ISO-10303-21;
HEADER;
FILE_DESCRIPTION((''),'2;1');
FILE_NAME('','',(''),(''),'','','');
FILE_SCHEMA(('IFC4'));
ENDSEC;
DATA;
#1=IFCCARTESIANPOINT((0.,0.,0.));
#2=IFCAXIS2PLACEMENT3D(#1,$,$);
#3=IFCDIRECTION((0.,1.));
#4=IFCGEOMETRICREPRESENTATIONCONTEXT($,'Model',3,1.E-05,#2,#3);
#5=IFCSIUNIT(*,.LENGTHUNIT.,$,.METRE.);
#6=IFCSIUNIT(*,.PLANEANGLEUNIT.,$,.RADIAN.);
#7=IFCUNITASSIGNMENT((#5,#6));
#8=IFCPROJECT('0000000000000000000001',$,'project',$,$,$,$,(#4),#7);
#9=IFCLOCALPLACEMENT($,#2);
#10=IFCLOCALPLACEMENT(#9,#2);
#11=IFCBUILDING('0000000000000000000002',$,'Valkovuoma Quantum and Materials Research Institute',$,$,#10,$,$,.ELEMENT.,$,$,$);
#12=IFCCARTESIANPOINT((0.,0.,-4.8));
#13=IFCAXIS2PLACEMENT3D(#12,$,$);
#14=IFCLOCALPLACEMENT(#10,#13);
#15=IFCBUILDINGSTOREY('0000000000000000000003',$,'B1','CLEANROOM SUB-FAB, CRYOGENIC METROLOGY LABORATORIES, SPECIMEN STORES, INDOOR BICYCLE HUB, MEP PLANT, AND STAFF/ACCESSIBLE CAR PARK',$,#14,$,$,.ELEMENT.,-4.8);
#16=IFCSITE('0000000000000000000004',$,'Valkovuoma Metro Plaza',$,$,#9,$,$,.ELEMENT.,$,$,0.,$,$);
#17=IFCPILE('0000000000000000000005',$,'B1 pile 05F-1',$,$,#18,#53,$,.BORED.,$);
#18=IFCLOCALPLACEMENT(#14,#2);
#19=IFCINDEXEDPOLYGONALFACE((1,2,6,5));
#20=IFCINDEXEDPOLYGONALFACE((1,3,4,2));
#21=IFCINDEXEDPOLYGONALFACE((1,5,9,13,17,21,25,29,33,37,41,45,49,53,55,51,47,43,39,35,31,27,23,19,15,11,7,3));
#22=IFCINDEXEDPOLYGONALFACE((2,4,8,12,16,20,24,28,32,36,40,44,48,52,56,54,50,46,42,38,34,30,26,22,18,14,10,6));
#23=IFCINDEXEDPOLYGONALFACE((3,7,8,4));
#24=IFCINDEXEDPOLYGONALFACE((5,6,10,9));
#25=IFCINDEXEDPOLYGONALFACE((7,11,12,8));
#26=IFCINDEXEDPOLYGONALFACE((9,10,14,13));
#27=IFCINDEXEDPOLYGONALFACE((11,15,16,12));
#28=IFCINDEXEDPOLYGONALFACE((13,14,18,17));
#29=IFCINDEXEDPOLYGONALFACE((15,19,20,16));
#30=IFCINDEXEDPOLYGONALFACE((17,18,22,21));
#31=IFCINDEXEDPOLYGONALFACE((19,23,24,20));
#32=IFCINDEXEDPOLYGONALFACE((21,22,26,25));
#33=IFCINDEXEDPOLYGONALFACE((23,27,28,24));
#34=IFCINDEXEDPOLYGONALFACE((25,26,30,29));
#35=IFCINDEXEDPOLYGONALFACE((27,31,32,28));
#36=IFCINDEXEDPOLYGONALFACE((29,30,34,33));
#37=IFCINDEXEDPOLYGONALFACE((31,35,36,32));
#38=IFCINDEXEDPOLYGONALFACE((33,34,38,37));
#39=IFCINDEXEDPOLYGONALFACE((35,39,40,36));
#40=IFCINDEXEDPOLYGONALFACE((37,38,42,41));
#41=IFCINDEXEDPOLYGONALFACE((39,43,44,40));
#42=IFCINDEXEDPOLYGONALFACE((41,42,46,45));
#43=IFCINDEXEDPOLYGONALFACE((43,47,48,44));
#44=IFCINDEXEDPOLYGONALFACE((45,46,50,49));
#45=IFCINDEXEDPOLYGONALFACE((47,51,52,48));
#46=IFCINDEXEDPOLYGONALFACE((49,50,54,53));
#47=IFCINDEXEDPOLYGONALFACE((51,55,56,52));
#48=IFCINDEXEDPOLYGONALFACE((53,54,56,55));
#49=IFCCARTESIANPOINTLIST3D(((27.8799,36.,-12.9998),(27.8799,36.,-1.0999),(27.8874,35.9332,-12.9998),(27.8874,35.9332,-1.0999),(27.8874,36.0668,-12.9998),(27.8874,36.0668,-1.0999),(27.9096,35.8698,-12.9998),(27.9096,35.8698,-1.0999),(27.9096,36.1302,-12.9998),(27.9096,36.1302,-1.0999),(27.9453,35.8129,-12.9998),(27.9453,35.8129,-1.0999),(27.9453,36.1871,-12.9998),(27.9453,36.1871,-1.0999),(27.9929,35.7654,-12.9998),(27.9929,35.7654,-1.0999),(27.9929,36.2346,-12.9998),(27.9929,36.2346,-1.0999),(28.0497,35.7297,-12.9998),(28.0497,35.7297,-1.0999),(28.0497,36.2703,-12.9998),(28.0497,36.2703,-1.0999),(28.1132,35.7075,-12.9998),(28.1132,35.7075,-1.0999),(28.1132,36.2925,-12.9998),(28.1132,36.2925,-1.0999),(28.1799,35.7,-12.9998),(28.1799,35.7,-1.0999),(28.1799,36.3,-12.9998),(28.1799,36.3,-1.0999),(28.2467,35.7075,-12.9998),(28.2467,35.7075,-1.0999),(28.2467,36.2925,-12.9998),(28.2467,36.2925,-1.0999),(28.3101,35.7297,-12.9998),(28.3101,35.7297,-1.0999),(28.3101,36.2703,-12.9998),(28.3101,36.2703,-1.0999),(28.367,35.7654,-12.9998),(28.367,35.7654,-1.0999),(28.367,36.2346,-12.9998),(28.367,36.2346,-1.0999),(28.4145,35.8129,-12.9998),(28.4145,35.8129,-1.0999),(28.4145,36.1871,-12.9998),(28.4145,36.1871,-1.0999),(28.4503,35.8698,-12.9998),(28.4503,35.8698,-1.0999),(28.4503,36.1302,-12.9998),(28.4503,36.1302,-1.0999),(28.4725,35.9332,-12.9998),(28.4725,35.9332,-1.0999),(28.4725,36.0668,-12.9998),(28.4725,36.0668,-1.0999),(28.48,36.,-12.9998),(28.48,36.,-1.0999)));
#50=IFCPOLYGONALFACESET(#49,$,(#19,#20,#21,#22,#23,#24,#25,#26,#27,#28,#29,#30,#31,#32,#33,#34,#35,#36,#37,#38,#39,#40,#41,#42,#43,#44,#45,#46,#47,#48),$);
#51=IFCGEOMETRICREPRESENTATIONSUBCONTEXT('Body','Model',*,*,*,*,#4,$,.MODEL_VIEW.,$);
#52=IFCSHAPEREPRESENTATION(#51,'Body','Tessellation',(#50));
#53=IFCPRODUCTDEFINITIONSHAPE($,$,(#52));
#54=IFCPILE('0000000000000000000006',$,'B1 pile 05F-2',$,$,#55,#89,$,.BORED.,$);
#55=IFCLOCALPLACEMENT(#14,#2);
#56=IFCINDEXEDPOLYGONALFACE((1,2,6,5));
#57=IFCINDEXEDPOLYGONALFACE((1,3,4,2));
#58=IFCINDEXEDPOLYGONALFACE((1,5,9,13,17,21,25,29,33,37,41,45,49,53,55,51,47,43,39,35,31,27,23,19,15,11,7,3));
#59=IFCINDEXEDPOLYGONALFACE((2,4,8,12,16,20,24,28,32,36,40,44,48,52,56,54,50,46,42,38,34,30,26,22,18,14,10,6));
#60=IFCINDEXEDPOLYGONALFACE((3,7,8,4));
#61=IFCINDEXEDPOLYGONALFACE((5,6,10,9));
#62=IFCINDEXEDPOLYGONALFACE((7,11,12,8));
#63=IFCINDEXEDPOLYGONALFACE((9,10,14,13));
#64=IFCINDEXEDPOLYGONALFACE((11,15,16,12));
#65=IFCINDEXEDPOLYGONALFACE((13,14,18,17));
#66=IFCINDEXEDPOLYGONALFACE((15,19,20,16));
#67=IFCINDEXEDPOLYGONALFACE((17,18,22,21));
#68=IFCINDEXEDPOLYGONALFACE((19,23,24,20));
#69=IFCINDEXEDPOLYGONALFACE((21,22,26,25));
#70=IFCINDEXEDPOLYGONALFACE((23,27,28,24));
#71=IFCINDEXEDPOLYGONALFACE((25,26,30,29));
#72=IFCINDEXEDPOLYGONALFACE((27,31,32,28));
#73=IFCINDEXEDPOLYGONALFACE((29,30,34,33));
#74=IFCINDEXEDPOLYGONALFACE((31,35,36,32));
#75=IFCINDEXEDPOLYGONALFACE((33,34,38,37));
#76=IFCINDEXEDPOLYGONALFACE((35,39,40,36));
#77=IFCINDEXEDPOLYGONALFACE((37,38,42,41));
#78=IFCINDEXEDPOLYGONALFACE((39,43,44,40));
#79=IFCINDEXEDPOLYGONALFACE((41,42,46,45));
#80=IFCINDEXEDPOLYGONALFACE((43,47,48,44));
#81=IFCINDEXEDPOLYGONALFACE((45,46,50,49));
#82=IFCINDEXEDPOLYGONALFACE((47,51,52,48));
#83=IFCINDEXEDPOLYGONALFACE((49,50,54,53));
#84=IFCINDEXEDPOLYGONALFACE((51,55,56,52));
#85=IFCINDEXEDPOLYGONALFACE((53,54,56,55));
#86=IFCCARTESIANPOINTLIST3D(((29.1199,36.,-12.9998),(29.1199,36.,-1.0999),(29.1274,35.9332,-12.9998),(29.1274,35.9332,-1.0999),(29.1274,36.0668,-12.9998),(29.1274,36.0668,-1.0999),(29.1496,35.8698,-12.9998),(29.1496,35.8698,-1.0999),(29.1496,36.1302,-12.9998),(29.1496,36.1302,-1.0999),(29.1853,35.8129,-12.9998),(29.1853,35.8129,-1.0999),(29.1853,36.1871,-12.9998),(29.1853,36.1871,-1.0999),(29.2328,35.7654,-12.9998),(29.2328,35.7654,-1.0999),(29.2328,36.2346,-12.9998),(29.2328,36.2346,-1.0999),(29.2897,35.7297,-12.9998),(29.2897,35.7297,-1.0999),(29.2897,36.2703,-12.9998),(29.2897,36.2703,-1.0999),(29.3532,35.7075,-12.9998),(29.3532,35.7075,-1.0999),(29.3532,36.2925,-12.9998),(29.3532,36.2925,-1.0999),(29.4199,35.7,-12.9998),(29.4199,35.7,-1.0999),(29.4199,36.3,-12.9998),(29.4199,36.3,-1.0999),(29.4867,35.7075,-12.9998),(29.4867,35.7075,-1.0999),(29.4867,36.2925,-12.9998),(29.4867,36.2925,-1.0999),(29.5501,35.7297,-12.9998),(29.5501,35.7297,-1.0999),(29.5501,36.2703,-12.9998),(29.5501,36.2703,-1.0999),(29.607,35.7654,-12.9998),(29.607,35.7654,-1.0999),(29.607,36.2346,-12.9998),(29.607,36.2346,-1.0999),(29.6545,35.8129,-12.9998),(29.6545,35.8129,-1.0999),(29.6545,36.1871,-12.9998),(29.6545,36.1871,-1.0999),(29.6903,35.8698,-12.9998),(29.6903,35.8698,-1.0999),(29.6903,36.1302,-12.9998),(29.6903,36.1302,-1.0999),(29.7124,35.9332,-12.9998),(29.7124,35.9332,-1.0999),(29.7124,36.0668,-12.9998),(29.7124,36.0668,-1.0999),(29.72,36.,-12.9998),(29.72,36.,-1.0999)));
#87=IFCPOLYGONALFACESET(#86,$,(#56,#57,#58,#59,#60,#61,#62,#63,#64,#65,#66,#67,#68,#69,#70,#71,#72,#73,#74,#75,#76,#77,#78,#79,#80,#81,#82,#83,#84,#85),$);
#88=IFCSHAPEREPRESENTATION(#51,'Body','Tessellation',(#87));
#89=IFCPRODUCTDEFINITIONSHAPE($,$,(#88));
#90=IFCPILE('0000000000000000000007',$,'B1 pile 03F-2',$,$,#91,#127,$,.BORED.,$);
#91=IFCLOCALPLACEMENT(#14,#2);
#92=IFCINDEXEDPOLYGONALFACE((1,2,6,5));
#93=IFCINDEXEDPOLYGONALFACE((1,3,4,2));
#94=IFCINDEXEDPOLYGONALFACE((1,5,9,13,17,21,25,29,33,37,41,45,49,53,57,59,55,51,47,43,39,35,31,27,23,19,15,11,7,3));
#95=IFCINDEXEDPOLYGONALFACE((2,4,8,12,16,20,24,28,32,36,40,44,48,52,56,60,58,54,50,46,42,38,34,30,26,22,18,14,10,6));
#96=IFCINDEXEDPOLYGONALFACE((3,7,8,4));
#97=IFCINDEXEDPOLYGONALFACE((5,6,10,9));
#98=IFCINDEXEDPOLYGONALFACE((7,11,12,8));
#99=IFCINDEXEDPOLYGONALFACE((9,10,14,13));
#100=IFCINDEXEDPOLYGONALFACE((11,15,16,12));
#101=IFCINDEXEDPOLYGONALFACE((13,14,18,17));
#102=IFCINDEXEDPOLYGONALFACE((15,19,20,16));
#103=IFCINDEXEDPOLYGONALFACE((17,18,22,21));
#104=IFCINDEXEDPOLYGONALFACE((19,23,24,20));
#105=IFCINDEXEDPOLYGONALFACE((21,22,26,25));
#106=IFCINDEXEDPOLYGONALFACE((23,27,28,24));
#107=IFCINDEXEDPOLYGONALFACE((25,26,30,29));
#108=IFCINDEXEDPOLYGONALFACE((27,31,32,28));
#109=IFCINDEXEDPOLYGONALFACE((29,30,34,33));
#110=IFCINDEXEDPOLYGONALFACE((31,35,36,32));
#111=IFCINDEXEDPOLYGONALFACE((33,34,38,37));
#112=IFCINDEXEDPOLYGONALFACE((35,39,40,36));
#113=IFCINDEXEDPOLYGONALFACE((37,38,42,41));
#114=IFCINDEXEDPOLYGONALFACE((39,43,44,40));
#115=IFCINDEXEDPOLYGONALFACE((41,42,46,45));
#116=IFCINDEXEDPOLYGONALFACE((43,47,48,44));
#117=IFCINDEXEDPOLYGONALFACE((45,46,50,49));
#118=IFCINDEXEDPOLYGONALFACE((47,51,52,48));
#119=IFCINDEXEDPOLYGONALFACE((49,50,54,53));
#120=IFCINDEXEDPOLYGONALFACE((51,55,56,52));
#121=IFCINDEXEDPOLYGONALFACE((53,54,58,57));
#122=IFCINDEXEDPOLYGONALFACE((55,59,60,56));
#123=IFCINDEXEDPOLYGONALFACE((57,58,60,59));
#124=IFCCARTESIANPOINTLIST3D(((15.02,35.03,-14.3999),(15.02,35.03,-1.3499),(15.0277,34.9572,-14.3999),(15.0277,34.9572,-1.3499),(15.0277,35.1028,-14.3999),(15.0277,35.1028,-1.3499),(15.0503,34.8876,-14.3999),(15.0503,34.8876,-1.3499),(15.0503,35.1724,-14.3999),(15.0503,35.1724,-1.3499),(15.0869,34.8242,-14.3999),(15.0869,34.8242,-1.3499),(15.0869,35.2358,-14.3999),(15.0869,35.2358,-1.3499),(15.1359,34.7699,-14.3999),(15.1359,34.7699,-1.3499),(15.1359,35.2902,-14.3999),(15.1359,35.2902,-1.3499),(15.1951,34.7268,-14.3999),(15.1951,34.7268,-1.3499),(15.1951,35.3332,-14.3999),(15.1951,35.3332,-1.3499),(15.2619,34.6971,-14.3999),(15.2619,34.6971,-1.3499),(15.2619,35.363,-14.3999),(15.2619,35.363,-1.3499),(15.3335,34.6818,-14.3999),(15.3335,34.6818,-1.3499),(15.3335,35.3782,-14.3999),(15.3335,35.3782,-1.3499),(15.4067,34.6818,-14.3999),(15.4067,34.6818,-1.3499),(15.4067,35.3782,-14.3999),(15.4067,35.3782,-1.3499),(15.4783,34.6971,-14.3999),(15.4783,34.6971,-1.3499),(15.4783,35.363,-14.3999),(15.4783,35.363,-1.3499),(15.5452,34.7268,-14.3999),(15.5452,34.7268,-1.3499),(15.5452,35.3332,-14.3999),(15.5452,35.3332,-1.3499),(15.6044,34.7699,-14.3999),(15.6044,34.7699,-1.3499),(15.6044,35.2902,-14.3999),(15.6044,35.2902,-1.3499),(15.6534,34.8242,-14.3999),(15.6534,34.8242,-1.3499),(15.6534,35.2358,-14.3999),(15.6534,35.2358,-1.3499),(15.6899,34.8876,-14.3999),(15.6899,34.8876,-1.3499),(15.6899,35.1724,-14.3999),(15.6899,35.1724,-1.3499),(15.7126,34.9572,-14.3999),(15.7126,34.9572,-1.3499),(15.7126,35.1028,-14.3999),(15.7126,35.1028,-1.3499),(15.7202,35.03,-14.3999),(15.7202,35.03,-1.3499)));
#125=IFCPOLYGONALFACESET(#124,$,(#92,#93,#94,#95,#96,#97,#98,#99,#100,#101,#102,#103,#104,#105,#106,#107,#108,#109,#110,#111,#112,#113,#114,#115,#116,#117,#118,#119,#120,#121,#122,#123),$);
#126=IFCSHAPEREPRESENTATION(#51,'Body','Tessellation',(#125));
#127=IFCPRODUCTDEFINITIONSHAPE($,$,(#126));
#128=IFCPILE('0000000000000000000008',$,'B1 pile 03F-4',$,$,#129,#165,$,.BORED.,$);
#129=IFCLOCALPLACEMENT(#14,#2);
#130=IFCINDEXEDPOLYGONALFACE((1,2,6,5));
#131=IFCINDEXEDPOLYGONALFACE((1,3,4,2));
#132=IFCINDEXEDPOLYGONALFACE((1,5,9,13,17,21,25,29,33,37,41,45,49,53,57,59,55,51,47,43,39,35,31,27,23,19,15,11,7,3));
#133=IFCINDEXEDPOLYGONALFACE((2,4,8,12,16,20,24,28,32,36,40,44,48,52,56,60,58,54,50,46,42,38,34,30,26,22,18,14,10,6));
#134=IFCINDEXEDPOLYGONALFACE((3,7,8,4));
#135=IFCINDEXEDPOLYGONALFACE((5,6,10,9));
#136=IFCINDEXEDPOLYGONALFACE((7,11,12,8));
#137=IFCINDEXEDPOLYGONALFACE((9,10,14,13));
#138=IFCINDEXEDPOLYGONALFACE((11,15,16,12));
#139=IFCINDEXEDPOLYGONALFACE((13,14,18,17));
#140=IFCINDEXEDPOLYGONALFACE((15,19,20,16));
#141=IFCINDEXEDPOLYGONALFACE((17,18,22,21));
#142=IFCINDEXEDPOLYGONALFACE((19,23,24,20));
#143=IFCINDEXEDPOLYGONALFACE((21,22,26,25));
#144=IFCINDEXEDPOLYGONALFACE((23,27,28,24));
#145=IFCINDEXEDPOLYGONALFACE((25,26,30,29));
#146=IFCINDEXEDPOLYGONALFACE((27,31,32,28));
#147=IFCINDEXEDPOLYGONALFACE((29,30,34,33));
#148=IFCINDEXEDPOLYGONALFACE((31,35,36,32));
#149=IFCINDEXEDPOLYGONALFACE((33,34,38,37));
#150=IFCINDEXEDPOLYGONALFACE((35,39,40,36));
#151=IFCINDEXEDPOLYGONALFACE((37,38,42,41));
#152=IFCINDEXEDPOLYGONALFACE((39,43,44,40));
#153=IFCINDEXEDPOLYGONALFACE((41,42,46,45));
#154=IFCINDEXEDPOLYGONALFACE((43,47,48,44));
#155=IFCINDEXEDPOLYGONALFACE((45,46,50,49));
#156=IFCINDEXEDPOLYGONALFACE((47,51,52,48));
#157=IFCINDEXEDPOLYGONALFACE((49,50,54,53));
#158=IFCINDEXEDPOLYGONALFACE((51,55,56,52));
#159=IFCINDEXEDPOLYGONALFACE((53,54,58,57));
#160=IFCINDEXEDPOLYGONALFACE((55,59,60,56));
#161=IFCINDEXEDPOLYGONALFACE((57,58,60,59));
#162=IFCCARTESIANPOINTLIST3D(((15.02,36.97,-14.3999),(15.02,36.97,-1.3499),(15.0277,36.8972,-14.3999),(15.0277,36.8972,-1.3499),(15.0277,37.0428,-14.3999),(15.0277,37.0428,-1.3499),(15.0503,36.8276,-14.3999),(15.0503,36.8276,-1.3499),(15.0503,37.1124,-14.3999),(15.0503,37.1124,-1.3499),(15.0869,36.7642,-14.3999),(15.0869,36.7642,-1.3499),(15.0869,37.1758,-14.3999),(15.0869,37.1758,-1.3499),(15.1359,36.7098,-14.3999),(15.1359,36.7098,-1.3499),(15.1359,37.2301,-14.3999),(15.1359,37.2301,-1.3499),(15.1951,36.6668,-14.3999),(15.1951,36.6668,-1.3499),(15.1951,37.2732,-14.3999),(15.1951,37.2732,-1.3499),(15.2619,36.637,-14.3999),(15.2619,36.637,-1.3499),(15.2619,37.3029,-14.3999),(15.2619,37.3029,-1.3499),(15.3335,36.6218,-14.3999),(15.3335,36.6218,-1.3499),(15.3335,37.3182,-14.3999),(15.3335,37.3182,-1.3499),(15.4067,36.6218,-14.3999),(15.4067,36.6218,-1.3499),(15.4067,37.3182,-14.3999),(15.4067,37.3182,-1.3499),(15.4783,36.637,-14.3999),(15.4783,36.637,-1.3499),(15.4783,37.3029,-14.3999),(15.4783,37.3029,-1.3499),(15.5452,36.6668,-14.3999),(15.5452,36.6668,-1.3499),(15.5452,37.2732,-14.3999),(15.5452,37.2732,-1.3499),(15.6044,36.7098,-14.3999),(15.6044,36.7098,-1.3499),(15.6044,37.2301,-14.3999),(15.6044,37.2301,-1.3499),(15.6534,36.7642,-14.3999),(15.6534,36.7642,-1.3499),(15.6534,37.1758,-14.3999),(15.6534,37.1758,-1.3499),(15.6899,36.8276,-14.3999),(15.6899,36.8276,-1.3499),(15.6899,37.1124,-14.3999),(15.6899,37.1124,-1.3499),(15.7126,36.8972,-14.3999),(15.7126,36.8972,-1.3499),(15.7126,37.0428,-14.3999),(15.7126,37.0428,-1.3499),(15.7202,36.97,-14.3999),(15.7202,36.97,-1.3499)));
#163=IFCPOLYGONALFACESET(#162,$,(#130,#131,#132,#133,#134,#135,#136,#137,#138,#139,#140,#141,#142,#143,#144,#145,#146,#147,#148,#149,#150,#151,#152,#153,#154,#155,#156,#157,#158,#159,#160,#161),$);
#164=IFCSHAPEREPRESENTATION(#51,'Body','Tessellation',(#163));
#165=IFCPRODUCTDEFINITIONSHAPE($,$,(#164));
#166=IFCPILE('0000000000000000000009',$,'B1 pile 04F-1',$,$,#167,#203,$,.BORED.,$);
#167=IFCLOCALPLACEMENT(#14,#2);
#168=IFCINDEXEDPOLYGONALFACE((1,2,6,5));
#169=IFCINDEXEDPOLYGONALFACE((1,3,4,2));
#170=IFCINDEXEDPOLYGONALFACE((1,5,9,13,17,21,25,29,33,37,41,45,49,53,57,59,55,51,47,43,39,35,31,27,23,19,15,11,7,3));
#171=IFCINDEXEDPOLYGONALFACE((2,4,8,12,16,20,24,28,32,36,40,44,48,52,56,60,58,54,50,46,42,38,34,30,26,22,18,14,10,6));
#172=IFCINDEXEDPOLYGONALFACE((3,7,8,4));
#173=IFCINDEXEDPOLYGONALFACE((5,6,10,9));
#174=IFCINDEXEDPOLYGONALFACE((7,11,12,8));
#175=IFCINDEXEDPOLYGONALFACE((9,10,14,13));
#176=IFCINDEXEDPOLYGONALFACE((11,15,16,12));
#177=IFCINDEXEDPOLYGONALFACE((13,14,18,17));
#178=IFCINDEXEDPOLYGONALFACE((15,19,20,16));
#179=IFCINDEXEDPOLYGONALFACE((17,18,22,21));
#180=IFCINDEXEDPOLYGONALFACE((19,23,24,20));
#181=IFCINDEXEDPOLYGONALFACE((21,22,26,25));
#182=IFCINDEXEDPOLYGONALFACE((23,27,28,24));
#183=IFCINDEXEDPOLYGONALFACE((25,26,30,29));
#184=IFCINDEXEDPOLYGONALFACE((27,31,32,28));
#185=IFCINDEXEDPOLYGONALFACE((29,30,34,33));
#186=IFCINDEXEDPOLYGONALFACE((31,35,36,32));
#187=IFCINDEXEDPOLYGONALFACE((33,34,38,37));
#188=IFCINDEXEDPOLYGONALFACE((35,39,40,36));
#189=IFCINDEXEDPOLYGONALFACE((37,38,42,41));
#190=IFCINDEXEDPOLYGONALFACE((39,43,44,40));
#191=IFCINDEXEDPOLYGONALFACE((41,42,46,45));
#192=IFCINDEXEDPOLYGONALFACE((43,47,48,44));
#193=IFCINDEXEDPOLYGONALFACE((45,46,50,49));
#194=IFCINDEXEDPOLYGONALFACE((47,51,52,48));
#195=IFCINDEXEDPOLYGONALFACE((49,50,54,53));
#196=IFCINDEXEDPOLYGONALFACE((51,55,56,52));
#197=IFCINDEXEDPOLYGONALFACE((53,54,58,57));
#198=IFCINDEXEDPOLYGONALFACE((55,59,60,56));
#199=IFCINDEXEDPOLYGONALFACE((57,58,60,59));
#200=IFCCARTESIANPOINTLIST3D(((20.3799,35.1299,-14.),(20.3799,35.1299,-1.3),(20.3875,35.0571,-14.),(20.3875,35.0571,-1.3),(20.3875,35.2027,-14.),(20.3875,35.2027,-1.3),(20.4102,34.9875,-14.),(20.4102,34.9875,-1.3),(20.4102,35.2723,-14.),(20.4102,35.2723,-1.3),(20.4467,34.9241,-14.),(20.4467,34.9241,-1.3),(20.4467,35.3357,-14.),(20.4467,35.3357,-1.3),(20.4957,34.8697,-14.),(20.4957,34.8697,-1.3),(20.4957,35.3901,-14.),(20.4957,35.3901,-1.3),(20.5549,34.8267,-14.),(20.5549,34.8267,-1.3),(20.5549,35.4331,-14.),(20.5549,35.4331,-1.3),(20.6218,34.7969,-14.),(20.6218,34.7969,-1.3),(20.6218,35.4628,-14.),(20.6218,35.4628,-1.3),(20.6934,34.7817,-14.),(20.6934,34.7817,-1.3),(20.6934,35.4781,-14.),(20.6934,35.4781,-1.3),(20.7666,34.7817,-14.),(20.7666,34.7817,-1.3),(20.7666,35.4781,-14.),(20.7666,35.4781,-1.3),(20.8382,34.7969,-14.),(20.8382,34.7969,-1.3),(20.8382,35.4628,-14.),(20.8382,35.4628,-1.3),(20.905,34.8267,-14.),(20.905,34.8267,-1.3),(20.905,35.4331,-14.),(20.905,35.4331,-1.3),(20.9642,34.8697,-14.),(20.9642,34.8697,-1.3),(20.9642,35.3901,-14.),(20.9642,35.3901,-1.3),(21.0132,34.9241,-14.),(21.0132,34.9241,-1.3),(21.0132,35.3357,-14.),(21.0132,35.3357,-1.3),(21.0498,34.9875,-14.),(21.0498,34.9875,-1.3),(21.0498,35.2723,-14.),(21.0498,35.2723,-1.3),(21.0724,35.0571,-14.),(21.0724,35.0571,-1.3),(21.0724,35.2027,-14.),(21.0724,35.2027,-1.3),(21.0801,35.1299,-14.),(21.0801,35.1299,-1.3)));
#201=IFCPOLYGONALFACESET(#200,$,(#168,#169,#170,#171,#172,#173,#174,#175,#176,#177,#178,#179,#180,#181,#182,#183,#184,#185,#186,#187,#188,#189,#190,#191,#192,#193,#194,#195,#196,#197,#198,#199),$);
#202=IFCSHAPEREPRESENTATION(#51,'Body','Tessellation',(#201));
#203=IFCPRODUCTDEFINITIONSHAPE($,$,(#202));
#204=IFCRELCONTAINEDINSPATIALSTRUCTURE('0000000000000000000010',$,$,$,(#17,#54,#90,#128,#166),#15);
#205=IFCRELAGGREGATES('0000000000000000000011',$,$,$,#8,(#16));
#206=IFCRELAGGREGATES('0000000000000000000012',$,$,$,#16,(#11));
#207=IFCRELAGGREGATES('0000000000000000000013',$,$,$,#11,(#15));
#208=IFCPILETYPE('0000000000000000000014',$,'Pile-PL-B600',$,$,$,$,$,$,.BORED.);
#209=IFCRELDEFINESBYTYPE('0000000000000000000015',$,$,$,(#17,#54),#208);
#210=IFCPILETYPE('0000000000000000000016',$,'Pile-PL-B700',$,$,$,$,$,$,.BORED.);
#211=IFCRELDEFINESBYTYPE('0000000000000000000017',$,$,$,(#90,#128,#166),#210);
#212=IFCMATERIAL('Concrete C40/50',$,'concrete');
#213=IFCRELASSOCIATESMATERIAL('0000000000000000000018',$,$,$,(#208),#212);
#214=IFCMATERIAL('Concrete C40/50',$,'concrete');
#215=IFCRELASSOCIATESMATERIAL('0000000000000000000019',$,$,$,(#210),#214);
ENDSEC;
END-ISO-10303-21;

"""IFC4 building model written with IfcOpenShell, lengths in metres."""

from ifc_helpers import new_model, si_unit, direction, frame, origin, origin_2d, place, context, subcontext, project, spatial, circle, extrude, material, material_profile, profile_set, type_object, element, save


model = new_model("IFC4")

# Units and contexts
model_context = context("Model", 3, precision=1e-05, world=origin(), true_north=direction((0.0, 1.0)))
body_context = subcontext(model_context, "Body", "Model", "MODEL_VIEW")
ifc_project = project(units=[si_unit("LENGTHUNIT", "METRE"), si_unit("PLANEANGLEUNIT", "RADIAN")], contexts=[model_context])

# Site, building, storey
site_placement = place(None, origin())
site = spatial("IfcSite", under=ifc_project, at=site_placement, Name="Valkovuoma Metro Plaza", CompositionType="ELEMENT", RefElevation=0.0)
building_placement = place(site_placement, origin())
building = spatial("IfcBuilding", under=site, at=building_placement, Name="Valkovuoma Quantum and Materials Research Institute", CompositionType="ELEMENT")
storey_placement = place(building_placement, frame((0.0, 0.0, -4.8)))
storey = spatial("IfcBuildingStorey", under=building, at=storey_placement, Name="B1", Description="CLEANROOM SUB-FAB, CRYOGENIC METROLOGY LABORATORIES, SPECIMEN STORES, INDOOR BICYCLE HUB, MEP PLANT, AND STAFF/ACCESSIBLE CAR PARK", CompositionType="ELEMENT", Elevation=-4.8)

# Piles
ifc_material_1 = material(Name="Concrete C40/50", Category="concrete")
ifc_material_profile_1 = material_profile(ifc_material_1, circle(Radius=0.3, at=origin_2d()), Name="Concrete C40/50")
ifc_profile_set_1 = profile_set([ifc_material_profile_1], Name="Concrete C40/50")
pile_type_1 = type_object("IfcPileType", Name="Pile-PL-B600", PredefinedType="BORED", material=ifc_profile_set_1)
for number, where, z_axis, x_axis, name in (
    (1, (28.1799, 36.0, -1.0999), (0.0, 0.0, -1.0), (1.0, 0.0, 0.0), "B1 pile 05F-1"),
    (2, (29.4199, 36.0, -1.0999), (0.0, 0.0, -1.0), (1.0, 0.0, 0.0), "B1 pile 05F-2"),
):
    element("IfcPile", number, at=place(storey_placement, frame(where, z_axis=z_axis, x_axis=x_axis)), inside=storey, type_object=pile_type_1, Name=name, PredefinedType="BORED", context=body_context, shape_type="SweptSolid", body=[
        extrude(circle(Radius=0.3, at=origin_2d()), origin(), (0.0, 0.0, 1.0), 11.8999),
    ])
ifc_material_2 = material(Name="Concrete C40/50", Category="concrete")
ifc_material_profile_2 = material_profile(ifc_material_2, circle(Radius=0.3501, at=origin_2d()), Name="Concrete C40/50")
ifc_profile_set_2 = profile_set([ifc_material_profile_2], Name="Concrete C40/50")
pile_type_2 = type_object("IfcPileType", Name="Pile-PL-B700", PredefinedType="BORED", material=ifc_profile_set_2)
for number, where, z_axis, x_axis, name in (
    (3, (15.3701, 35.03, -1.3499), (0.0, 0.0, -1.0), (1.0, 0.0, 0.0), "B1 pile 03F-2"),
    (4, (15.3701, 36.97, -1.3499), (0.0, 0.0, -1.0), (1.0, 0.0, 0.0), "B1 pile 03F-4"),
):
    element("IfcPile", number, at=place(storey_placement, frame(where, z_axis=z_axis, x_axis=x_axis)), inside=storey, type_object=pile_type_2, Name=name, PredefinedType="BORED", context=body_context, shape_type="SweptSolid", body=[
        extrude(circle(Radius=0.3501, at=origin_2d()), origin(), (0.0, 0.0, 1.0), 13.05),
    ])
for number, where, z_axis, x_axis, name in (
    (5, (20.73, 35.1299, -1.3), (0.0, 0.0, -1.0), (1.0, 0.0, 0.0), "B1 pile 04F-1"),
):
    element("IfcPile", number, at=place(storey_placement, frame(where, z_axis=z_axis, x_axis=x_axis)), inside=storey, type_object=pile_type_2, Name=name, PredefinedType="BORED", context=body_context, shape_type="SweptSolid", body=[
        extrude(circle(Radius=0.3501, at=origin_2d()), origin(), (0.0, 0.0, 1.0), 12.7),
    ])

save(model, "model.ifc")
